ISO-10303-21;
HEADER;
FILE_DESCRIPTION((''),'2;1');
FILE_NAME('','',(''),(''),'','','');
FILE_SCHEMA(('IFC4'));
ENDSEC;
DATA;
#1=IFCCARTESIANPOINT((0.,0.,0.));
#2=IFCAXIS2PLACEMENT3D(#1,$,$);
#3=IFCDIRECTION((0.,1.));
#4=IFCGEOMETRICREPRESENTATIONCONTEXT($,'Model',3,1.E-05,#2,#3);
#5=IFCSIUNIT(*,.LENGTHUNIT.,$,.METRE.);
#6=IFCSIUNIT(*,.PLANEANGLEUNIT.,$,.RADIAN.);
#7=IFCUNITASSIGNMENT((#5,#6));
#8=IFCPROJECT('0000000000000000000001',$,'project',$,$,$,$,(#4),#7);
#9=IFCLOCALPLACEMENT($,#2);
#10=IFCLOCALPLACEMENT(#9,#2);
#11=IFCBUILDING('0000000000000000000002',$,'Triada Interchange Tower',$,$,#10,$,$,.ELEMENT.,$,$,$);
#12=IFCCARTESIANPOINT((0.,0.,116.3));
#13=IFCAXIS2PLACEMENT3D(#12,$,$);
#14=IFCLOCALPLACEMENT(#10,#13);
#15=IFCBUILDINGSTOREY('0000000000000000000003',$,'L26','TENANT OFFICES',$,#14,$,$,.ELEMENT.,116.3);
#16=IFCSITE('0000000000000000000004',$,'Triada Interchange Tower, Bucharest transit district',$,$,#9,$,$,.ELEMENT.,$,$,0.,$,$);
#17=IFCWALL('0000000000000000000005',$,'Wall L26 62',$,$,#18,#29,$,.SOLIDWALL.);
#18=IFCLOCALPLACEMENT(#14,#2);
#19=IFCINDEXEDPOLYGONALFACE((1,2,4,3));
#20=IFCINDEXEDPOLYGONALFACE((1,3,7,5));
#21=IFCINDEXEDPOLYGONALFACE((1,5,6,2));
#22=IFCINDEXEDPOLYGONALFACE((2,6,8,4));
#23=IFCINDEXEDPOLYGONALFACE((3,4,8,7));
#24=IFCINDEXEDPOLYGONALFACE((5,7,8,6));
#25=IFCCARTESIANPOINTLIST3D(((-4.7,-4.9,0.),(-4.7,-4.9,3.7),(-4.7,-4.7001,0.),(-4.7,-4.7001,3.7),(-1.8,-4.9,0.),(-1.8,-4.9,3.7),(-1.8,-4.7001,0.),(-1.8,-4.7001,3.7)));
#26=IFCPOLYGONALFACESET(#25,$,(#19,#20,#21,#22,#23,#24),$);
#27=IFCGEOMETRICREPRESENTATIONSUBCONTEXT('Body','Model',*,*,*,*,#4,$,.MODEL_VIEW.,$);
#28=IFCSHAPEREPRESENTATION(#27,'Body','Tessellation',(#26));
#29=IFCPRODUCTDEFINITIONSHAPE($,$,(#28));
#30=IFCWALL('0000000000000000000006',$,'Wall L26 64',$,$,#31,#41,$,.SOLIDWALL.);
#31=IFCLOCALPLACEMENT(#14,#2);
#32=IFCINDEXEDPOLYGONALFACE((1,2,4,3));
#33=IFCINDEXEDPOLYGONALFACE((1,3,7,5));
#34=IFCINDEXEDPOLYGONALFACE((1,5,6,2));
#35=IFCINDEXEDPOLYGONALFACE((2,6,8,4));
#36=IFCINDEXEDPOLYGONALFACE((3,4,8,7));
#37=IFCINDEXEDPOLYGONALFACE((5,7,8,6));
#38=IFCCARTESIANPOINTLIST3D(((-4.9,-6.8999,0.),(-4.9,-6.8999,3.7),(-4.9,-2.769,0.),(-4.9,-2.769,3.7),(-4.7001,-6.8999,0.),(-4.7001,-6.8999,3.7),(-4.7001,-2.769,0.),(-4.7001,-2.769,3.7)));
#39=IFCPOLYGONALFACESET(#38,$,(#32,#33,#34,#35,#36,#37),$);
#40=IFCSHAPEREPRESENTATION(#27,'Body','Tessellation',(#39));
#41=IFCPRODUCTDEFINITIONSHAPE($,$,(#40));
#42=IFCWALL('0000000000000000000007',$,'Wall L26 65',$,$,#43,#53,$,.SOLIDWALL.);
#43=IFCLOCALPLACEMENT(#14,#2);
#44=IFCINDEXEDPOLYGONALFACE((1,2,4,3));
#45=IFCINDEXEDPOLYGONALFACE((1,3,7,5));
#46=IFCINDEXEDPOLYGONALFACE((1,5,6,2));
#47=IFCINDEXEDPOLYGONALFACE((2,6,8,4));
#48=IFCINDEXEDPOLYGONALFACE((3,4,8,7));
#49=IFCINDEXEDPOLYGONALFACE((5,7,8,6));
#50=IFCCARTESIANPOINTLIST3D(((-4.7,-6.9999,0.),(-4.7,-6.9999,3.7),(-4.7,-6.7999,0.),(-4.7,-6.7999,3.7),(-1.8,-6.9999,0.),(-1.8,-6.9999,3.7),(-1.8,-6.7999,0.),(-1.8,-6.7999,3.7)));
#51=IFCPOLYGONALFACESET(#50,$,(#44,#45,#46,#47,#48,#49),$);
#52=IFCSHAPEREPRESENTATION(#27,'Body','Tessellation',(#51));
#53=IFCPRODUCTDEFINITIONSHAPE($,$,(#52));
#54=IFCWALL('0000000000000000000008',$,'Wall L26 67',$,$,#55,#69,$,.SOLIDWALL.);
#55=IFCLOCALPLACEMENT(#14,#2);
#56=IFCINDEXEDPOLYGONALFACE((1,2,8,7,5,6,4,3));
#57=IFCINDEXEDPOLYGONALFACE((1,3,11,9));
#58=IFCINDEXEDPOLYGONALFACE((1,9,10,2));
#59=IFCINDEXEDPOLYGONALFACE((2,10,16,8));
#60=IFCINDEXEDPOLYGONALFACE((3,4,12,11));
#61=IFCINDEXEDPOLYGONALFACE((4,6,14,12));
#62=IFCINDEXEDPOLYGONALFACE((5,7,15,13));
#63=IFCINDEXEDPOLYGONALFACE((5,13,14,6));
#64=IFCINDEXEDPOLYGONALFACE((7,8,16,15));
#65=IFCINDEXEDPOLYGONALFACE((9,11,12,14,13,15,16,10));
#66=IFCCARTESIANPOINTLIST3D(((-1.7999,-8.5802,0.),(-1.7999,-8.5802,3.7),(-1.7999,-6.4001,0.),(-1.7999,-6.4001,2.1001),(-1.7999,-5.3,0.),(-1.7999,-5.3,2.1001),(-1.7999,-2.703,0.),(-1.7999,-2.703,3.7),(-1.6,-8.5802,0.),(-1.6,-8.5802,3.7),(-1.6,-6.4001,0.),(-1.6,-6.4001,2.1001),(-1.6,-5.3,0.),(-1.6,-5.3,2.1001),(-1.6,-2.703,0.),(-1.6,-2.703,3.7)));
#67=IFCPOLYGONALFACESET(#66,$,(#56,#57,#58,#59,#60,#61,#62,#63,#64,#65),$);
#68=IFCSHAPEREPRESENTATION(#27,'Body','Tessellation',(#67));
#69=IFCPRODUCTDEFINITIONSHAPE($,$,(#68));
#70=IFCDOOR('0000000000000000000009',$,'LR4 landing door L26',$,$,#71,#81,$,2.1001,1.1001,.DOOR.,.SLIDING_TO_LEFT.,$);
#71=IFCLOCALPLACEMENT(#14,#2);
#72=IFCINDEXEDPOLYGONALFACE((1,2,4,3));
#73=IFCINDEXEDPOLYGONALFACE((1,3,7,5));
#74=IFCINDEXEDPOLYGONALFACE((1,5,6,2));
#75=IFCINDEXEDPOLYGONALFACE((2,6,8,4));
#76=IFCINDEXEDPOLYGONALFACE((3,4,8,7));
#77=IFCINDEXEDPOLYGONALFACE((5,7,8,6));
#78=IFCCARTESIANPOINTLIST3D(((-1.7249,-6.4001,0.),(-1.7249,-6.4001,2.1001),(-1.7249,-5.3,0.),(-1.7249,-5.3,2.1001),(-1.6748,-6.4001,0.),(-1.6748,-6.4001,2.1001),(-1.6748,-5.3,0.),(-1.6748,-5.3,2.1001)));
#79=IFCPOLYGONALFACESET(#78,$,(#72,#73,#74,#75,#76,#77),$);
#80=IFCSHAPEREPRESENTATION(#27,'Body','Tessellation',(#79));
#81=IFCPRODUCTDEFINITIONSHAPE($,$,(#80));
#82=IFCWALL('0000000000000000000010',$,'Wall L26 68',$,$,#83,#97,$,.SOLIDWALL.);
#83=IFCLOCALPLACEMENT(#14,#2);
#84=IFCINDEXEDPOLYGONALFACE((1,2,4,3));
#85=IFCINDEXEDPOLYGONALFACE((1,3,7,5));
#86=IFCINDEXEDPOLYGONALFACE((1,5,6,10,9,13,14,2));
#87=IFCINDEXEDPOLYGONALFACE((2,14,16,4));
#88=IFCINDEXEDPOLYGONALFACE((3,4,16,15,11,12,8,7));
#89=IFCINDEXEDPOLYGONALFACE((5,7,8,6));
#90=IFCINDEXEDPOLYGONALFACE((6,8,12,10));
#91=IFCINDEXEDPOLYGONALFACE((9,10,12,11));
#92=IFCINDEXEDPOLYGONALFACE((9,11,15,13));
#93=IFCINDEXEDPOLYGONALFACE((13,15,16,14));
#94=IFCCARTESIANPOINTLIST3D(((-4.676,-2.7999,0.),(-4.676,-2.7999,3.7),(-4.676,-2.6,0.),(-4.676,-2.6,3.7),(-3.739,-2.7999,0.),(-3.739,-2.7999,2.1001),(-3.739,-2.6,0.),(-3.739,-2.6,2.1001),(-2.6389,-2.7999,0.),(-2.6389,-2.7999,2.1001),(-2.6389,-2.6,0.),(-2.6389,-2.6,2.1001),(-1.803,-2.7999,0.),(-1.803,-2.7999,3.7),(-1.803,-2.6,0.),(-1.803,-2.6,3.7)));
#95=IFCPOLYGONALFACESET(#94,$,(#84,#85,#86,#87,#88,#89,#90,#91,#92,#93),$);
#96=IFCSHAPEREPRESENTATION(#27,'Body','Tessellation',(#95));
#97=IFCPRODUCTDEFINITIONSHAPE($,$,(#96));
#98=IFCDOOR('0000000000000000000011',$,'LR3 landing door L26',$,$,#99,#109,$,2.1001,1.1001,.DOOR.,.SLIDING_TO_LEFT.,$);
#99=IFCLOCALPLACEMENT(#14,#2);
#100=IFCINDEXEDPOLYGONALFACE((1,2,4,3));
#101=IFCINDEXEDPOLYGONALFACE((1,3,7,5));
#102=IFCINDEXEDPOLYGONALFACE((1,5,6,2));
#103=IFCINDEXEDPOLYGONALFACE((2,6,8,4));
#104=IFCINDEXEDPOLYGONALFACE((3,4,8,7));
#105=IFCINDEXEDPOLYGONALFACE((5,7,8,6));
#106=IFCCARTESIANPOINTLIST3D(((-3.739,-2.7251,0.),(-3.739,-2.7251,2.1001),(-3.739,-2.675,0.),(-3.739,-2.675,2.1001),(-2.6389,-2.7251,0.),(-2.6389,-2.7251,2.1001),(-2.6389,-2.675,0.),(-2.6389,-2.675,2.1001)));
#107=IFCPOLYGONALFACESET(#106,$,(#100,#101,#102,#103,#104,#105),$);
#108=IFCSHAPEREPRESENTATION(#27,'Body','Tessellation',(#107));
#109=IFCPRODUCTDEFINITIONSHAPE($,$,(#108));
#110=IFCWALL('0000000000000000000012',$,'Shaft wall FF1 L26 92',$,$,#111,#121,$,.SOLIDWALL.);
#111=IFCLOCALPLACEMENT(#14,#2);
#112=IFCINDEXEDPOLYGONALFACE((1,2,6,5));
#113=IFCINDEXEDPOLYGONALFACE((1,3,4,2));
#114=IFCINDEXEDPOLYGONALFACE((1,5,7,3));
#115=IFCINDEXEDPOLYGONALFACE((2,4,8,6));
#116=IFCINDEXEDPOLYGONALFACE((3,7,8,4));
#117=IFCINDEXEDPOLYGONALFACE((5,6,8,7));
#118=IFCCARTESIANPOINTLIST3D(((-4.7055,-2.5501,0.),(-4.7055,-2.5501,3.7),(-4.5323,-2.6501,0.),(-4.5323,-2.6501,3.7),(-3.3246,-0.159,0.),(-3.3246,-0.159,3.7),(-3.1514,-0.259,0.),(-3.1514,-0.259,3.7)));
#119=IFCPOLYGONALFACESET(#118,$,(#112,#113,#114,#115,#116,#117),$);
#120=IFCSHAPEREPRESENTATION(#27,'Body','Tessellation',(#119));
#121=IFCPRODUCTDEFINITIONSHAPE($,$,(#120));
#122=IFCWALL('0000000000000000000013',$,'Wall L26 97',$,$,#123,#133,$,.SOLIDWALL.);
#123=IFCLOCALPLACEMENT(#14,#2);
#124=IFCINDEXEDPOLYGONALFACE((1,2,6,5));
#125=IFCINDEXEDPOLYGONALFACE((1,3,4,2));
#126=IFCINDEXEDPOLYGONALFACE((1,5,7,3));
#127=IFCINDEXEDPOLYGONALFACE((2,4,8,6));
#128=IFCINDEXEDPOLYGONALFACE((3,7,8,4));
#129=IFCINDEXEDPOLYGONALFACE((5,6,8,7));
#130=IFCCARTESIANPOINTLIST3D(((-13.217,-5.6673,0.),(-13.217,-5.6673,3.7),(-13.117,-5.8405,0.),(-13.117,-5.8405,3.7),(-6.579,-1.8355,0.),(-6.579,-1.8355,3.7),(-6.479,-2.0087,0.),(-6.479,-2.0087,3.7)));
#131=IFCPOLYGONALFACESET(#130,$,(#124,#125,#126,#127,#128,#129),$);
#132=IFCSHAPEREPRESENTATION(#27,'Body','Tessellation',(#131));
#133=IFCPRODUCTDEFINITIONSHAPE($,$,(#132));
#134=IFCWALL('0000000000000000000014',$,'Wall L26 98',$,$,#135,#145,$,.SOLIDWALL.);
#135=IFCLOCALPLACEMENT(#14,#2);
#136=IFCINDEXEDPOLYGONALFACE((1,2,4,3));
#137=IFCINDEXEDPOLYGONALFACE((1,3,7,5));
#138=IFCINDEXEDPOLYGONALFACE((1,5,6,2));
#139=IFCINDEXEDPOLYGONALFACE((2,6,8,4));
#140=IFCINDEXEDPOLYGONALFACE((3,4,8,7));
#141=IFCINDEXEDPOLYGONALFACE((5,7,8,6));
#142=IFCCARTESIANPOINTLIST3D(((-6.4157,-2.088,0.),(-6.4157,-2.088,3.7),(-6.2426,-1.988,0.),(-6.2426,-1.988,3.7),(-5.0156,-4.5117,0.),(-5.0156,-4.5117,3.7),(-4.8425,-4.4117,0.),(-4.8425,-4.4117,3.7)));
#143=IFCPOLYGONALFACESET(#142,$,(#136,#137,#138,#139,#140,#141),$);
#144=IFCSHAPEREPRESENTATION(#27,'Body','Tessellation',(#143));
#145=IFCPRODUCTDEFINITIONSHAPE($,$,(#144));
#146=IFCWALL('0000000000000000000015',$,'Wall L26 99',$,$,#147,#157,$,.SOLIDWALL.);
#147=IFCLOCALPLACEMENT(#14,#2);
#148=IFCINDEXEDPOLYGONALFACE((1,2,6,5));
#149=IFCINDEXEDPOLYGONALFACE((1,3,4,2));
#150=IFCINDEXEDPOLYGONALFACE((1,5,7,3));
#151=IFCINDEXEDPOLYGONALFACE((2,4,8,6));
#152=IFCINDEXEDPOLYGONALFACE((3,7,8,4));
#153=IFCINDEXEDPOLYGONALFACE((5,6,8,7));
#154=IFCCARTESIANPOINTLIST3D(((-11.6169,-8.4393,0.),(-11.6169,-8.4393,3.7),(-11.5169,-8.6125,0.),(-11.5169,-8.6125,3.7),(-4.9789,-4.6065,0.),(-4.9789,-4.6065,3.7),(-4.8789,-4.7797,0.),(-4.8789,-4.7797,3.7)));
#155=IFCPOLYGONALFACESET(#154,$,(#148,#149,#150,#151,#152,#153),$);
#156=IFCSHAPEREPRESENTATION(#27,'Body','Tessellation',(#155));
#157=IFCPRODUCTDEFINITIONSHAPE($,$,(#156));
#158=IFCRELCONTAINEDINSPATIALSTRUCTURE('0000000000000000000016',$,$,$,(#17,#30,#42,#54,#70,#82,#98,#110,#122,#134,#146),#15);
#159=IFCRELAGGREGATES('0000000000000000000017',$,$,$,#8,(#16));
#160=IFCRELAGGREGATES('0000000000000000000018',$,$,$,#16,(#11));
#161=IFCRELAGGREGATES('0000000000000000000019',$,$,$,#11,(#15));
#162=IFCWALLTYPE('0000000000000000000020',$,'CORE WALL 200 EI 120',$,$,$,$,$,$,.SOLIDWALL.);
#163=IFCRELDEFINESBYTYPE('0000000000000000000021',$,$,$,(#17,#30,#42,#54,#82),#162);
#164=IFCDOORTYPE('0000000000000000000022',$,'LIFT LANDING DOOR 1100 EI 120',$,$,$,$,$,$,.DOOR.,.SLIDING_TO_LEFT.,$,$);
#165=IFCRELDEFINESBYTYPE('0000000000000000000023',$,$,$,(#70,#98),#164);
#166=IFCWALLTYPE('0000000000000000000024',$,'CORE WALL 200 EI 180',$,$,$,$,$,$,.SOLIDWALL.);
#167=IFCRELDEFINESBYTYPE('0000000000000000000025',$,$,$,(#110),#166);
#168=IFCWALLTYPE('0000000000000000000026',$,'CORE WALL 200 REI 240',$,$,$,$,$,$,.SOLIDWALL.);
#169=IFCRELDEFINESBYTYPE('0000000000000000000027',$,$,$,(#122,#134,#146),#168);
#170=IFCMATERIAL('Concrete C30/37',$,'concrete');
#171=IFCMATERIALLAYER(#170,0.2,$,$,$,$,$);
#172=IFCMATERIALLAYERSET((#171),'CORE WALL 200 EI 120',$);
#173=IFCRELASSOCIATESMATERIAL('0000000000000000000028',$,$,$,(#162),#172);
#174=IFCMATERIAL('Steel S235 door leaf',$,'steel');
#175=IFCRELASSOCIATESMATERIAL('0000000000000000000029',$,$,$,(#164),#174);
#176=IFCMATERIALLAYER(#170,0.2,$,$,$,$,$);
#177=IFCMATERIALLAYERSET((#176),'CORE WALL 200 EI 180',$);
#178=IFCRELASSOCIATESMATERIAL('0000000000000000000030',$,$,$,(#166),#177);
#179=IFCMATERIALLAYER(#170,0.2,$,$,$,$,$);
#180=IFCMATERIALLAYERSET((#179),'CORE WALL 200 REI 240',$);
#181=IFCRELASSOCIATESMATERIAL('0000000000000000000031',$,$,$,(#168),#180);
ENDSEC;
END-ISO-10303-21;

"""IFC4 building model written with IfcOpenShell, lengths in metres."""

from ifc_helpers import new_model, si_unit, direction, frame, frame_2d, origin, place, context, subcontext, project, spatial, rectangle, extrude, material, layer, layer_set, type_object, element, fill, save


model = new_model("IFC4")

# Units and contexts
model_context = context("Model", 3, precision=1e-05, world=origin(), true_north=direction((0.0, 1.0)))
body_context = subcontext(model_context, "Body", "Model", "MODEL_VIEW")
ifc_project = project(units=[si_unit("LENGTHUNIT", "METRE"), si_unit("PLANEANGLEUNIT", "RADIAN")], contexts=[model_context])

# Site, building, storey
site_placement = place(None, origin())
site = spatial("IfcSite", under=ifc_project, at=site_placement, Name="Triada Interchange Tower, Bucharest transit district", CompositionType="ELEMENT", RefElevation=0.0)
building_placement = place(site_placement, origin())
building = spatial("IfcBuilding", under=site, at=building_placement, Name="Triada Interchange Tower", CompositionType="ELEMENT")
storey_placement = place(building_placement, frame((0.0, 0.0, 116.3)))
storey = spatial("IfcBuildingStorey", under=building, at=storey_placement, Name="L26", Description="TENANT OFFICES", CompositionType="ELEMENT", Elevation=116.3)

# Walls
ifc_material_1 = material(Name="Concrete C30/37", Category="concrete")
ifc_layer_1 = layer(ifc_material_1, 0.2)
ifc_layer_set_1 = layer_set([ifc_layer_1], Name="CORE WALL 200 EI 120")
wall_type_1 = type_object("IfcWallType", Name="CORE WALL 200 EI 120", PredefinedType="SOLIDWALL", material=ifc_layer_set_1)
wall_1_placement = place(storey_placement, frame((-4.7, -4.8, 0.0), z_axis=(0.0, 0.0, 1.0), x_axis=(1.0, 0.0, 0.0)))
element("IfcWall", 1, at=wall_1_placement, inside=storey, type_object=wall_type_1, Name="Wall L26 62", PredefinedType="SOLIDWALL", context=body_context, shape_type="SweptSolid", body=[
    extrude(rectangle(XDim=2.8999, YDim=0.2, at=frame_2d((1.45, 0.0))), origin(), (0.0, 0.0, 1.0), 3.7),
])
wall_2_placement = place(storey_placement, frame((-4.8, -6.8999, 0.0), z_axis=(0.0, 0.0, 1.0), x_axis=(0.0, 1.0, 0.0)))
element("IfcWall", 2, at=wall_2_placement, inside=storey, type_object=wall_type_1, Name="Wall L26 64", PredefinedType="SOLIDWALL", context=body_context, shape_type="SweptSolid", body=[
    extrude(rectangle(XDim=4.1309, YDim=0.2, at=frame_2d((2.0654, 0.0))), origin(), (0.0, 0.0, 1.0), 3.7),
])
wall_3_placement = place(storey_placement, frame((-4.7, -6.8999, 0.0), z_axis=(0.0, 0.0, 1.0), x_axis=(1.0, 0.0, 0.0)))
element("IfcWall", 3, at=wall_3_placement, inside=storey, type_object=wall_type_1, Name="Wall L26 65", PredefinedType="SOLIDWALL", context=body_context, shape_type="SweptSolid", body=[
    extrude(rectangle(XDim=2.8999, YDim=0.2, at=frame_2d((1.45, 0.0))), origin(), (0.0, 0.0, 1.0), 3.7),
])

# Walls, openings, doors
wall_4_placement = place(storey_placement, frame((-1.7, -8.5801, 0.0), z_axis=(0.0, 0.0, 1.0), x_axis=(0.0, 1.0, 0.0)))
wall_4 = element("IfcWall", 4, at=wall_4_placement, inside=storey, type_object=wall_type_1, Name="Wall L26 67", PredefinedType="SOLIDWALL", context=body_context, shape_type="SweptSolid", body=[
    extrude(rectangle(XDim=5.8772, YDim=0.2, at=frame_2d((2.9385, 0.0))), origin(), (0.0, 0.0, 1.0), 3.7),
])
opening_1_placement = place(wall_4_placement, frame((2.1799, 0.0, 0.0)))
opening_1 = element("IfcOpeningElement", 5, at=opening_1_placement, cuts=wall_4, PredefinedType="OPENING", context=body_context, shape_type="SweptSolid", body=[
    extrude(rectangle(XDim=1.1001, YDim=2.1001, at=frame_2d((0.55, 1.05))), frame((0.0, 0.1099, 0.0), z_axis=(0.0, -1.0, 0.0), x_axis=(1.0, 0.0, 0.0)), (0.0, 0.0, 1.0), 0.22),
])
ifc_material_2 = material(Name="Steel S235 door leaf", Category="steel")
door_type_1 = type_object("IfcDoorType", Name="LIFT LANDING DOOR 1100 EI 120", OperationType="SLIDING_TO_LEFT", PredefinedType="DOOR", material=ifc_material_2)
door_1_placement = place(opening_1_placement, origin())
door_1 = element("IfcDoor", 6, at=door_1_placement, inside=storey, type_object=door_type_1, Name="LR4 landing door L26", OperationType="SLIDING_TO_LEFT", OverallHeight=2.1001, OverallWidth=1.1001, PredefinedType="DOOR", context=body_context, shape_type="SweptSolid", body=[
    extrude(rectangle(XDim=1.1001, YDim=2.1001, at=frame_2d((0.55, 1.05))), frame((0.0, 0.0249, 0.0), z_axis=(0.0, -1.0, 0.0), x_axis=(1.0, 0.0, 0.0)), (0.0, 0.0, 1.0), 0.05),
])
fill(opening_1, door_1)
wall_5_placement = place(storey_placement, frame((-4.676, -2.7, 0.0), z_axis=(0.0, 0.0, 1.0), x_axis=(1.0, 0.0, 0.0)))
wall_5 = element("IfcWall", 7, at=wall_5_placement, inside=storey, type_object=wall_type_1, Name="Wall L26 68", PredefinedType="SOLIDWALL", context=body_context, shape_type="SweptSolid", body=[
    extrude(rectangle(XDim=2.873, YDim=0.2, at=frame_2d((1.4365, 0.0))), origin(), (0.0, 0.0, 1.0), 3.7),
])
opening_2_placement = place(wall_5_placement, frame((0.937, 0.0, 0.0)))
opening_2 = element("IfcOpeningElement", 8, at=opening_2_placement, cuts=wall_5, PredefinedType="OPENING", context=body_context, shape_type="SweptSolid", body=[
    extrude(rectangle(XDim=1.1001, YDim=2.1001, at=frame_2d((0.55, 1.05))), frame((0.0, 0.1099, 0.0), z_axis=(0.0, -1.0, 0.0), x_axis=(1.0, 0.0, 0.0)), (0.0, 0.0, 1.0), 0.22),
])
door_2_placement = place(opening_2_placement, origin())
door_2 = element("IfcDoor", 9, at=door_2_placement, inside=storey, type_object=door_type_1, Name="LR3 landing door L26", OperationType="SLIDING_TO_LEFT", OverallHeight=2.1001, OverallWidth=1.1001, PredefinedType="DOOR", context=body_context, shape_type="SweptSolid", body=[
    extrude(rectangle(XDim=1.1001, YDim=2.1001, at=frame_2d((0.55, 1.05))), frame((0.0, 0.0249, 0.0), z_axis=(0.0, -1.0, 0.0), x_axis=(1.0, 0.0, 0.0)), (0.0, 0.0, 1.0), 0.05),
])
fill(opening_2, door_2)

# Walls
ifc_layer_2 = layer(ifc_material_1, 0.2)
ifc_layer_set_2 = layer_set([ifc_layer_2], Name="CORE WALL 200 EI 180")
wall_type_2 = type_object("IfcWallType", Name="CORE WALL 200 EI 180", PredefinedType="SOLIDWALL", material=ifc_layer_set_2)
wall_6_placement = place(storey_placement, frame((-4.6189, -2.6001, 0.0), z_axis=(0.0, 0.0, 1.0), x_axis=(0.500095, 0.865971, 0.0)))
element("IfcWall", 10, at=wall_6_placement, inside=storey, type_object=wall_type_2, Name="Shaft wall FF1 L26 92", PredefinedType="SOLIDWALL", context=body_context, shape_type="SweptSolid", body=[
    extrude(rectangle(XDim=2.7612, YDim=0.2, at=frame_2d((1.3806, 0.0))), origin(), (0.0, 0.0, 1.0), 3.7),
])
ifc_layer_3 = layer(ifc_material_1, 0.2)
ifc_layer_set_3 = layer_set([ifc_layer_3], Name="CORE WALL 200 REI 240")
wall_type_3 = type_object("IfcWallType", Name="CORE WALL 200 REI 240", PredefinedType="SOLIDWALL", material=ifc_layer_set_3)
wall_7_placement = place(storey_placement, frame((-13.167, -5.7539, 0.0), z_axis=(0.0, 0.0, 1.0), x_axis=(0.866061, 0.499938, 0.0)))
element("IfcWall", 11, at=wall_7_placement, inside=storey, type_object=wall_type_3, Name="Wall L26 97", PredefinedType="SOLIDWALL", context=body_context, shape_type="SweptSolid", body=[
    extrude(rectangle(XDim=7.6646, YDim=0.2, at=frame_2d((3.8323, 0.0))), origin(), (0.0, 0.0, 1.0), 3.7),
])
wall_8_placement = place(storey_placement, frame((-6.3291, -2.0381, 0.0), z_axis=(0.0, 0.0, 1.0), x_axis=(0.500201, -0.86591, 0.0)))
element("IfcWall", 12, at=wall_8_placement, inside=storey, type_object=wall_type_3, Name="Wall L26 98", PredefinedType="SOLIDWALL", context=body_context, shape_type="SweptSolid", body=[
    extrude(rectangle(XDim=2.7991, YDim=0.2, at=frame_2d((1.3994, 0.0))), origin(), (0.0, 0.0, 1.0), 3.7),
])
wall_9_placement = place(storey_placement, frame((-11.5669, -8.5259, 0.0), z_axis=(0.0, 0.0, 1.0), x_axis=(0.866006, 0.500034, 0.0)))
element("IfcWall", 13, at=wall_9_placement, inside=storey, type_object=wall_type_3, Name="Wall L26 99", PredefinedType="SOLIDWALL", context=body_context, shape_type="SweptSolid", body=[
    extrude(rectangle(XDim=7.665, YDim=0.2, at=frame_2d((3.8325, 0.0))), origin(), (0.0, 0.0, 1.0), 3.7),
])

save(model, "model.ifc")
